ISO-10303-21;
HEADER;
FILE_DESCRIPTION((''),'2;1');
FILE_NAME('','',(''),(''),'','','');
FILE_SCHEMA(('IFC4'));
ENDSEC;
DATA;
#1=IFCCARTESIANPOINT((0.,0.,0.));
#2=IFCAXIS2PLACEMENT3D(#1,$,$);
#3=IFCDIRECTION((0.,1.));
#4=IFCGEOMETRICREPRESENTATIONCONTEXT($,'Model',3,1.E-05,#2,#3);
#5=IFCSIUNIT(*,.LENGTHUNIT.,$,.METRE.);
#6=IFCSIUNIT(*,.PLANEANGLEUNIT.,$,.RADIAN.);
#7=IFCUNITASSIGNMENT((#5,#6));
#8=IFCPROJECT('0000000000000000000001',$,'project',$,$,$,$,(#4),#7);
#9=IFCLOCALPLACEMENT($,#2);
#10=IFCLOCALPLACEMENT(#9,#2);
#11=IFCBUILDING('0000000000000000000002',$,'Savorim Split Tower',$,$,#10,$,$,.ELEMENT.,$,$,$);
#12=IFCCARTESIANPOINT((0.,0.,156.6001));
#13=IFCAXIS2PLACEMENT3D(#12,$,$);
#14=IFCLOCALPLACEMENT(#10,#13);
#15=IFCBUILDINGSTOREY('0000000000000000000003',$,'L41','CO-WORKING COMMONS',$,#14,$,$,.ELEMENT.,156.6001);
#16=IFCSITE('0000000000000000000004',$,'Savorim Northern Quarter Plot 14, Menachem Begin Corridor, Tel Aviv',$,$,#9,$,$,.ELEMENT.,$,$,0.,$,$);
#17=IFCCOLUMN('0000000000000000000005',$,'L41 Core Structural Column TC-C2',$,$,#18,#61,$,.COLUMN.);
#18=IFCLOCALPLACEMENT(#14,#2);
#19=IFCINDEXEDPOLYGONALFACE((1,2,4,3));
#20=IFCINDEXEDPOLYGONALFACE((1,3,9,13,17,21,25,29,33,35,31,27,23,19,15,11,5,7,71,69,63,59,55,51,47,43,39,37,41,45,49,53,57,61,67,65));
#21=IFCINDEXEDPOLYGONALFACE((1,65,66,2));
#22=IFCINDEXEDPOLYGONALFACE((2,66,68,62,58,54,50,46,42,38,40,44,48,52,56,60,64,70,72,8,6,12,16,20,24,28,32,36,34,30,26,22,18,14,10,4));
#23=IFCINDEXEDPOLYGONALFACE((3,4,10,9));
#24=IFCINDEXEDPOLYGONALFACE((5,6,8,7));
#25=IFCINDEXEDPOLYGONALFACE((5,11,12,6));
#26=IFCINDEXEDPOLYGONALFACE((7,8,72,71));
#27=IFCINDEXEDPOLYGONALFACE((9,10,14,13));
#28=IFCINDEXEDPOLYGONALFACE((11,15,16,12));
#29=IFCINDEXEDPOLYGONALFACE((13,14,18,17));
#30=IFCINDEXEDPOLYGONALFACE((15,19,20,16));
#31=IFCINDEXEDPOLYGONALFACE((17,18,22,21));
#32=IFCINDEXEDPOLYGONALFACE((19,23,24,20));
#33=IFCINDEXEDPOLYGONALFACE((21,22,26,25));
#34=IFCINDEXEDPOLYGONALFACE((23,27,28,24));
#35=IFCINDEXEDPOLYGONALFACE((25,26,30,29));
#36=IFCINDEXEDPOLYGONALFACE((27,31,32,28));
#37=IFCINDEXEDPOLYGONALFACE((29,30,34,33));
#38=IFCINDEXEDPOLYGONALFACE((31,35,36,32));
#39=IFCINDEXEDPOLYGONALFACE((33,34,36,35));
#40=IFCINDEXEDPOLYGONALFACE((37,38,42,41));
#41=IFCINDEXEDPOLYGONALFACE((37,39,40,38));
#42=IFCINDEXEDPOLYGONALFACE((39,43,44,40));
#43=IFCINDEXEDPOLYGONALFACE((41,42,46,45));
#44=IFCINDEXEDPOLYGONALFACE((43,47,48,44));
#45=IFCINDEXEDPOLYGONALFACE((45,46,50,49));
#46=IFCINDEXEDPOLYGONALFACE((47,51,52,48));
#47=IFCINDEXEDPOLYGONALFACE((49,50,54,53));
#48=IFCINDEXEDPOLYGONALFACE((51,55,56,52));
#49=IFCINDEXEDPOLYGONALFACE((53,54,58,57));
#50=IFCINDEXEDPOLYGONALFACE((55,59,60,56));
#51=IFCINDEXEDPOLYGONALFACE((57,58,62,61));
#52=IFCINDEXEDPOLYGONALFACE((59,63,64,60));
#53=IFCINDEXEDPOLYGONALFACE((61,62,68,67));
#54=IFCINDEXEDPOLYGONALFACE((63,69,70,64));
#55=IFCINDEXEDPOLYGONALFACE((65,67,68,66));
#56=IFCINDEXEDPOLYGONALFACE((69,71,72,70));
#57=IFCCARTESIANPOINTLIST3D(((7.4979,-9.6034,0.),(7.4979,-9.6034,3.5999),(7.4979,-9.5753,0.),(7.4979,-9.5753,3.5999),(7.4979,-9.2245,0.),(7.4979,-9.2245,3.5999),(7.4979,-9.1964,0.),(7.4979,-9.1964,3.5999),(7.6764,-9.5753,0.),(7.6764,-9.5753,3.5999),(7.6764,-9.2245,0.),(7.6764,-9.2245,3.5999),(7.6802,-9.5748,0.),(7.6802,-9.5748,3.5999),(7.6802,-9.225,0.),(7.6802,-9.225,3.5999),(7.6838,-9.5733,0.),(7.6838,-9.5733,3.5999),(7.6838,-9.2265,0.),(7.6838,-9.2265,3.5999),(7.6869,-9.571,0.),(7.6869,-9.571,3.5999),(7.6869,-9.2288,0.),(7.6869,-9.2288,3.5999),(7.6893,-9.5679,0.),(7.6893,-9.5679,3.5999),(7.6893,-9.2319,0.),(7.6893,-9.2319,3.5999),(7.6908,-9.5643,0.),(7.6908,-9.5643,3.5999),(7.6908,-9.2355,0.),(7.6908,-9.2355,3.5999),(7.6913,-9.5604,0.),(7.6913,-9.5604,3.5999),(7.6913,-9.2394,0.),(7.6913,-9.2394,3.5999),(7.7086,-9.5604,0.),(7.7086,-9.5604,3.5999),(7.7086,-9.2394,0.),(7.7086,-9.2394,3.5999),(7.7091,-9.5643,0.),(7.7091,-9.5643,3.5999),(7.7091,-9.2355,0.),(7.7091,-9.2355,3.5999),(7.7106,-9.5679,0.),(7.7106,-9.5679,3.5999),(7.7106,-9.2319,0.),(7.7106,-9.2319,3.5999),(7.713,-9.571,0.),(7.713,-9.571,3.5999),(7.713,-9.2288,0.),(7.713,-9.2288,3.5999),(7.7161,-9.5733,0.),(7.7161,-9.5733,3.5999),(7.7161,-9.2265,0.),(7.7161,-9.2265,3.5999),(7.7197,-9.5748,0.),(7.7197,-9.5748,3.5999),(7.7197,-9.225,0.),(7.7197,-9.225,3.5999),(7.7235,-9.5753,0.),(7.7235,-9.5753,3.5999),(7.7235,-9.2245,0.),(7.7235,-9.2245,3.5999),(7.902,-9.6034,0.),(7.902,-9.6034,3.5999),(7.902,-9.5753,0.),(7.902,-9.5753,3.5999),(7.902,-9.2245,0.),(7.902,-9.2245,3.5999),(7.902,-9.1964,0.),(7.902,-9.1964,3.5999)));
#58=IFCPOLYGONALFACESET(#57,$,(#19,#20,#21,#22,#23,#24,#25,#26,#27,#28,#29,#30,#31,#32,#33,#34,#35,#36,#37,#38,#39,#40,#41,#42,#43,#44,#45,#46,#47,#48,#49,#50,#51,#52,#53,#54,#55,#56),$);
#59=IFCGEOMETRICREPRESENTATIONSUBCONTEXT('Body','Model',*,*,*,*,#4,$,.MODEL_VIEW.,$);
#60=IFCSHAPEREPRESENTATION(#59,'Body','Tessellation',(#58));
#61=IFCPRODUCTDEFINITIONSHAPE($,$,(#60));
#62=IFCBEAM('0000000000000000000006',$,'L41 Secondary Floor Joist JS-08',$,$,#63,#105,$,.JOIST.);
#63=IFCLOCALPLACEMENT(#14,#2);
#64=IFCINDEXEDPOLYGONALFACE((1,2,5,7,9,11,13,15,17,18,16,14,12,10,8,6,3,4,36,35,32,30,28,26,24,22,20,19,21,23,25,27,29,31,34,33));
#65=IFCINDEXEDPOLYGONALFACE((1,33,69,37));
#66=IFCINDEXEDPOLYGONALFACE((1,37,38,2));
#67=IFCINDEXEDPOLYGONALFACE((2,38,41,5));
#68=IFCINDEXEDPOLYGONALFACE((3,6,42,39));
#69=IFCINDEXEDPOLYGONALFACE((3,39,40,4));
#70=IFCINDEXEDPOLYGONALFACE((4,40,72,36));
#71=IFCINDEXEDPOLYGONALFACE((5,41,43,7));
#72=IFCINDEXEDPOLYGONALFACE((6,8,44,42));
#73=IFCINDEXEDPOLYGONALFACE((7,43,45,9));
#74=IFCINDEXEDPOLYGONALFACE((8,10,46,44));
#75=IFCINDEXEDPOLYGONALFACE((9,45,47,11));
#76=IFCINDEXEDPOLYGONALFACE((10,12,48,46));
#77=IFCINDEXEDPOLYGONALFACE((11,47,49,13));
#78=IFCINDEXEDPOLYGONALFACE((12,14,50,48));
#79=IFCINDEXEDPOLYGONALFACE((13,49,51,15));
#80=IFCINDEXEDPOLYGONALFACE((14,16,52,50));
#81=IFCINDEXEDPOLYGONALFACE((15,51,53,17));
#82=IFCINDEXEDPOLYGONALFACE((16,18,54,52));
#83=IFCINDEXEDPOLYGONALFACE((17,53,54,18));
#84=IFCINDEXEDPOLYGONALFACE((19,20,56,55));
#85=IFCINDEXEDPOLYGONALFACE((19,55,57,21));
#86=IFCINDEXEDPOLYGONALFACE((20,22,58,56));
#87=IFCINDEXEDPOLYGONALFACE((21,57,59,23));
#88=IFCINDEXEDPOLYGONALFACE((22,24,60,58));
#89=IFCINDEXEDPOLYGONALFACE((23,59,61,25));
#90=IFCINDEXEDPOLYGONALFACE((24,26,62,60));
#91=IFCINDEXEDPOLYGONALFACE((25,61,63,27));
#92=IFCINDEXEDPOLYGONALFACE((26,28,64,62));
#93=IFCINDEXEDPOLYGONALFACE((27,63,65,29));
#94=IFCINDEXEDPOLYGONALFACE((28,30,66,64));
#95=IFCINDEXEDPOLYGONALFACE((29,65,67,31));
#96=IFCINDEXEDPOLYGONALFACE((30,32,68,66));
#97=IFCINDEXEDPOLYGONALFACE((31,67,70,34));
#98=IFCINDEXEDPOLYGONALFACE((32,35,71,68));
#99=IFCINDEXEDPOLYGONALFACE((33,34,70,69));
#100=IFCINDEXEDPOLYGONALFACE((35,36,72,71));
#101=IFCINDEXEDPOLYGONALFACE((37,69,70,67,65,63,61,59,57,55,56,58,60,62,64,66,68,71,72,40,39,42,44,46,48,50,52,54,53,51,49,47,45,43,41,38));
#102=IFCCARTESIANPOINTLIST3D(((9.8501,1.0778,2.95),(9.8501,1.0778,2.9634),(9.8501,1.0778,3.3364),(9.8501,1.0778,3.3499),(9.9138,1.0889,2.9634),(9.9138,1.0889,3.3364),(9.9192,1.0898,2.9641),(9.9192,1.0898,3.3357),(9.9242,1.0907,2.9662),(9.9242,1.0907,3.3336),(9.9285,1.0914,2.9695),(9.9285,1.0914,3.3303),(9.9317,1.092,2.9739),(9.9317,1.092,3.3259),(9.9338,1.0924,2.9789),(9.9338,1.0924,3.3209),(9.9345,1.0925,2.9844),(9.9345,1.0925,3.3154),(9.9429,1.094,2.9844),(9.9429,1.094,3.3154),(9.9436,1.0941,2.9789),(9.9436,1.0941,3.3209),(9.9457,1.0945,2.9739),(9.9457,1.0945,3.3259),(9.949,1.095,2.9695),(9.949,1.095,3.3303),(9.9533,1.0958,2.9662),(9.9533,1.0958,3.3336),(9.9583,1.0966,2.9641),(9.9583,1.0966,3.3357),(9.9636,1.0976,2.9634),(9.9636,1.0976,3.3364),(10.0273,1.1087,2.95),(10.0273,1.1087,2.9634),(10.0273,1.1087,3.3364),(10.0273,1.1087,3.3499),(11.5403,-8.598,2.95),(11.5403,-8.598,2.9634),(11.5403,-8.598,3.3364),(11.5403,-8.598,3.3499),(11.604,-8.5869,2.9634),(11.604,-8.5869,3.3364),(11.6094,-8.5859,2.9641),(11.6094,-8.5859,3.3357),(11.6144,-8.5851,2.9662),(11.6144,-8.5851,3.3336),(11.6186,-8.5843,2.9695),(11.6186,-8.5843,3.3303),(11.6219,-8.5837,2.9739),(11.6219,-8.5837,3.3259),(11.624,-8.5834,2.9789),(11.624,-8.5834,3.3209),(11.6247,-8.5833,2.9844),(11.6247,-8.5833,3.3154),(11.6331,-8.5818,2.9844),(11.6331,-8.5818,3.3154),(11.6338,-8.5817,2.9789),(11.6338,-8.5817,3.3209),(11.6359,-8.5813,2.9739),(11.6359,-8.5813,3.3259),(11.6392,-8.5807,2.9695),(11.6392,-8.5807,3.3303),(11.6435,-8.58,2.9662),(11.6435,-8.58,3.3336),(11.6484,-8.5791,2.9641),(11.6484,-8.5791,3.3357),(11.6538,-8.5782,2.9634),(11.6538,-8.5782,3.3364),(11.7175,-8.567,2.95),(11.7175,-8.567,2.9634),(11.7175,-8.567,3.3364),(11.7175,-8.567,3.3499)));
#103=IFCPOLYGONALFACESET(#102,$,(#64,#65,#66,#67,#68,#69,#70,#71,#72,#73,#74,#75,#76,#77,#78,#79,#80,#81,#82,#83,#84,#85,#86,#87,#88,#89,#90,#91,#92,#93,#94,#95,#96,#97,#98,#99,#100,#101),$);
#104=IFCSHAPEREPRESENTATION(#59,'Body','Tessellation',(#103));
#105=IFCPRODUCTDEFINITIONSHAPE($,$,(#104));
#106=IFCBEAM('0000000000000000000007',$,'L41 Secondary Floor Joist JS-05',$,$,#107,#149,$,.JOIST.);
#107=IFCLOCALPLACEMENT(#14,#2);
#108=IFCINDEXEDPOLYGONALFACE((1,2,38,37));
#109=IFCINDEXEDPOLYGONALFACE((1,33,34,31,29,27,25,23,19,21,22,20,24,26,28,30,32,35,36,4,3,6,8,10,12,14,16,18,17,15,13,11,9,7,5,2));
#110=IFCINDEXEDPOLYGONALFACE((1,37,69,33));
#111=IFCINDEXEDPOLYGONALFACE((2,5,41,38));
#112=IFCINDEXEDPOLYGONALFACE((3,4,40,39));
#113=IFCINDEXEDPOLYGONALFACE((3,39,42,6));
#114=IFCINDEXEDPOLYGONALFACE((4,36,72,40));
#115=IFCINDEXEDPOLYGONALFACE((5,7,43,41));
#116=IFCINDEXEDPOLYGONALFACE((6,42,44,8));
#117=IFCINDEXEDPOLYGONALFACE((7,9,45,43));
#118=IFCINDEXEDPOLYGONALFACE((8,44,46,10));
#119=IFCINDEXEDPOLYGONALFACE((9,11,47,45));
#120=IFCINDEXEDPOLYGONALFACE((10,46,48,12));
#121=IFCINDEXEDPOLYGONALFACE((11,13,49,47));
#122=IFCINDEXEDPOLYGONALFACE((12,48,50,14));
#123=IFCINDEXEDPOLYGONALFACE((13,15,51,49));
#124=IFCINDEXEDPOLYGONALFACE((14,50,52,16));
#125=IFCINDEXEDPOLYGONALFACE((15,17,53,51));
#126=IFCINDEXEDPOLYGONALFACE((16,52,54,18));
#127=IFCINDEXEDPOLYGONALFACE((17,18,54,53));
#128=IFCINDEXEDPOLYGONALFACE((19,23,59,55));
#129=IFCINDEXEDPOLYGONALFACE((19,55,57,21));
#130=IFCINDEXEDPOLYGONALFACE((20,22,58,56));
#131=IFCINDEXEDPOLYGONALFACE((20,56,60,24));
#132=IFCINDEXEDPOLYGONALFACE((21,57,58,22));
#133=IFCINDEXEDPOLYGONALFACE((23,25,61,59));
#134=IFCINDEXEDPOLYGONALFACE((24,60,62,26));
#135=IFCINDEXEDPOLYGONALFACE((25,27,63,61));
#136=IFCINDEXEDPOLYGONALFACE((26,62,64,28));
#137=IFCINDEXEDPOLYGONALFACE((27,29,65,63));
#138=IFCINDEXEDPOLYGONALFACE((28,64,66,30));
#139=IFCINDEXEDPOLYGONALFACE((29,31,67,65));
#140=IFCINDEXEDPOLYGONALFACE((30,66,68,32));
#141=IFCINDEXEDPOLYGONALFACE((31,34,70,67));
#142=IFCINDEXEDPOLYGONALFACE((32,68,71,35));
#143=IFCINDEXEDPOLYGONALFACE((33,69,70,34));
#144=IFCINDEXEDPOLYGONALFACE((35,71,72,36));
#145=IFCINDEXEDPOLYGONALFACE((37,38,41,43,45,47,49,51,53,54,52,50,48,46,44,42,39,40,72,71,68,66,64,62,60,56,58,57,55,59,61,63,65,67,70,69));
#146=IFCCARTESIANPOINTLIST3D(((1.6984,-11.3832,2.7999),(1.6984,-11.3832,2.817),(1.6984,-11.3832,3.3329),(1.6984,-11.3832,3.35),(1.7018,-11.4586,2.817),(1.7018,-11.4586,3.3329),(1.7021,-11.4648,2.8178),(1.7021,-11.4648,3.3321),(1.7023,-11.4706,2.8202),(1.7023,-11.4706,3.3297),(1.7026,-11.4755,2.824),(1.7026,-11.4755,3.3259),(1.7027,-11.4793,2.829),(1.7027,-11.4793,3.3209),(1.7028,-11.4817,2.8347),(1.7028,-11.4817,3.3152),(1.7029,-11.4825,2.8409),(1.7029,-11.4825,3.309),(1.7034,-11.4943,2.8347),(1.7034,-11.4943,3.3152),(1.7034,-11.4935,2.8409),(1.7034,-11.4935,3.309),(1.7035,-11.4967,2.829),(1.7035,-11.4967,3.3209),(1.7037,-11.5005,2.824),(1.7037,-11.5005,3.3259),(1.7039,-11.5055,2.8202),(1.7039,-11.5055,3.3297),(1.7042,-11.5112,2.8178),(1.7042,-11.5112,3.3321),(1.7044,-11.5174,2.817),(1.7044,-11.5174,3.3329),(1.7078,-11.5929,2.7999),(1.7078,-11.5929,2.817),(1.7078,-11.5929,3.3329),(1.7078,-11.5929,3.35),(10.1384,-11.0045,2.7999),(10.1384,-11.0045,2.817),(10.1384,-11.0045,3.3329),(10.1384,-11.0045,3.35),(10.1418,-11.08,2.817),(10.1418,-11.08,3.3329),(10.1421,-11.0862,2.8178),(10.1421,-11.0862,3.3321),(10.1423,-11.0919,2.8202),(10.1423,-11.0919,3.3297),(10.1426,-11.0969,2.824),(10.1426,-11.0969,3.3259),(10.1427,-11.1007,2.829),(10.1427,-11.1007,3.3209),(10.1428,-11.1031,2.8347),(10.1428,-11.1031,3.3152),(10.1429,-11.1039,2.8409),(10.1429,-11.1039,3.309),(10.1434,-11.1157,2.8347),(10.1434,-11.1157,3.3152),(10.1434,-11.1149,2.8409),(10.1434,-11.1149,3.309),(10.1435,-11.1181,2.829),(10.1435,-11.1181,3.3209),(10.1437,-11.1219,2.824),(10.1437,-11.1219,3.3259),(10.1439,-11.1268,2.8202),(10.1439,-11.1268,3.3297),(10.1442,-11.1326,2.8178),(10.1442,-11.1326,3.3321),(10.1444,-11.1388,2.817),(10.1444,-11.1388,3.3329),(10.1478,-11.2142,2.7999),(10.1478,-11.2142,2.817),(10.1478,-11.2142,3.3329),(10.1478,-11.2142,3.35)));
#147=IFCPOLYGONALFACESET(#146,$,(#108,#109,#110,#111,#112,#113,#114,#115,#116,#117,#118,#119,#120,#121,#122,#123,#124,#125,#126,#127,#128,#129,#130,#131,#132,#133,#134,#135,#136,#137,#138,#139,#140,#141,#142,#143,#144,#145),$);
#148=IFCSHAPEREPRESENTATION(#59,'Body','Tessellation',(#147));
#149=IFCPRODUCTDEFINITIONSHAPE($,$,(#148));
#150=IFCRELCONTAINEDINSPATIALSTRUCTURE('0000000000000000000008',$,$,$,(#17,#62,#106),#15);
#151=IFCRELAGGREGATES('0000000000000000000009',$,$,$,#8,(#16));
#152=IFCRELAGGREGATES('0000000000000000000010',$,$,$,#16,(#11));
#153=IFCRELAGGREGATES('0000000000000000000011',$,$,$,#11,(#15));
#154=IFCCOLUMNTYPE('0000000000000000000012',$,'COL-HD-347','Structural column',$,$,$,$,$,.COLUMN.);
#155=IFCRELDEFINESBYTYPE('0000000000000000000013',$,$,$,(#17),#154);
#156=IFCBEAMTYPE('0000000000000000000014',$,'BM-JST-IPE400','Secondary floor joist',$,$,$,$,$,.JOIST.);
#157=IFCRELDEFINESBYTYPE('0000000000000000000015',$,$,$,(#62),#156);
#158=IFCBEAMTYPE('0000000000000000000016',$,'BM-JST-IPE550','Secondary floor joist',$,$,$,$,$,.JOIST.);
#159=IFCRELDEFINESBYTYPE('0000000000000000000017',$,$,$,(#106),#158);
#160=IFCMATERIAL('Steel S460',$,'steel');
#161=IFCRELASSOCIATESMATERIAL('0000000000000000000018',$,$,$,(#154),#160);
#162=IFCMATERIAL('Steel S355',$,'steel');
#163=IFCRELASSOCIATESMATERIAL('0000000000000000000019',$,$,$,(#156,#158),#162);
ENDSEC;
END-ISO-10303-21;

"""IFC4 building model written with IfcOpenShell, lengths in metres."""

from ifc_helpers import new_model, si_unit, direction, frame, origin, origin_2d, place, context, subcontext, project, spatial, i_section, extrude, material, material_profile, profile_set, type_object, element, save


model = new_model("IFC4")

# Units and contexts
model_context = context("Model", 3, precision=1e-05, world=origin(), true_north=direction((0.0, 1.0)))
body_context = subcontext(model_context, "Body", "Model", "MODEL_VIEW")
ifc_project = project(units=[si_unit("LENGTHUNIT", "METRE"), si_unit("PLANEANGLEUNIT", "RADIAN")], contexts=[model_context])

# Site, building, storey
site_placement = place(None, origin())
site = spatial("IfcSite", under=ifc_project, at=site_placement, Name="Savorim Northern Quarter Plot 14, Menachem Begin Corridor, Tel Aviv", CompositionType="ELEMENT", RefElevation=0.0)
building_placement = place(site_placement, origin())
building = spatial("IfcBuilding", under=site, at=building_placement, Name="Savorim Split Tower", CompositionType="ELEMENT")
storey_placement = place(building_placement, frame((0.0, 0.0, 156.6001)))
storey = spatial("IfcBuildingStorey", under=building, at=storey_placement, Name="L41", Description="CO-WORKING COMMONS", CompositionType="ELEMENT", Elevation=156.6001)

# Column
ifc_material_1 = material(Name="Steel S460", Category="steel")
ifc_material_profile_1 = material_profile(ifc_material_1, i_section(OverallWidth=0.4041, OverallDepth=0.407, WebThickness=0.0173, FlangeThickness=0.0281, FilletRadius=0.0149, at=origin_2d()), Name="HD 400x347")
ifc_profile_set_1 = profile_set([ifc_material_profile_1], Name="Steel S460")
column_type = type_object("IfcColumnType", Name="COL-HD-347", Description="Structural column", PredefinedType="COLUMN", material=ifc_profile_set_1)
column_placement = place(storey_placement, frame((7.7, -9.3999, 0.0), z_axis=(0.0, 0.0, 1.0), x_axis=(1.0, 0.0, 0.0)))
element("IfcColumn", 1, at=column_placement, inside=storey, type_object=column_type, Name="L41 Core Structural Column TC-C2", PredefinedType="COLUMN", context=body_context, shape_type="SweptSolid", body=[
    extrude(i_section(OverallWidth=0.4041, OverallDepth=0.407, WebThickness=0.0173, FlangeThickness=0.0281, FilletRadius=0.0149, at=origin_2d()), origin(), (0.0, 0.0, 1.0), 3.5999),
])

# Beams
ifc_material_2 = material(Name="Steel S355", Category="steel")
ifc_material_profile_2 = material_profile(ifc_material_2, i_section(OverallWidth=0.1799, OverallDepth=0.3999, WebThickness=0.0085, FlangeThickness=0.0134, FilletRadius=0.021, at=origin_2d()), Name="IPE 400")
ifc_profile_set_2 = profile_set([ifc_material_profile_2], Name="Steel S355")
beam_type_1 = type_object("IfcBeamType", Name="BM-JST-IPE400", Description="Secondary floor joist", PredefinedType="JOIST", material=ifc_profile_set_2)
beam_1_placement = place(storey_placement, frame((11.6289, -8.5825, 3.1499), z_axis=(-0.172076, 0.985084, 0.0), x_axis=(-0.985084, -0.172076, 0.0)))
element("IfcBeam", 2, at=beam_1_placement, inside=storey, type_object=beam_type_1, Name="L41 Secondary Floor Joist JS-08", PredefinedType="JOIST", context=body_context, shape_type="SweptSolid", body=[
    extrude(i_section(OverallWidth=0.1799, OverallDepth=0.3999, WebThickness=0.0085, FlangeThickness=0.0134, FilletRadius=0.021, at=origin_2d()), origin(), (0.0, 0.0, 1.0), 9.8223),
])
ifc_material_profile_3 = material_profile(ifc_material_2, i_section(OverallWidth=0.21, OverallDepth=0.55, WebThickness=0.011, FlangeThickness=0.0171, FilletRadius=0.0239, at=origin_2d()), Name="IPE 550")
ifc_profile_set_3 = profile_set([ifc_material_profile_3], Name="Steel S355")
beam_type_2 = type_object("IfcBeamType", Name="BM-JST-IPE550", Description="Secondary floor joist", PredefinedType="JOIST", material=ifc_profile_set_3)
beam_2_placement = place(storey_placement, frame((1.7031, -11.488, 3.075), z_axis=(0.998995, 0.04482, 0.0), x_axis=(-0.04482, 0.998995, 0.0)))
element("IfcBeam", 3, at=beam_2_placement, inside=storey, type_object=beam_type_2, Name="L41 Secondary Floor Joist JS-05", PredefinedType="JOIST", context=body_context, shape_type="SweptSolid", body=[
    extrude(i_section(OverallWidth=0.21, OverallDepth=0.55, WebThickness=0.011, FlangeThickness=0.0171, FilletRadius=0.0239, at=origin_2d()), origin(), (0.0, 0.0, 1.0), 8.4485),
])

save(model, "model.ifc")
